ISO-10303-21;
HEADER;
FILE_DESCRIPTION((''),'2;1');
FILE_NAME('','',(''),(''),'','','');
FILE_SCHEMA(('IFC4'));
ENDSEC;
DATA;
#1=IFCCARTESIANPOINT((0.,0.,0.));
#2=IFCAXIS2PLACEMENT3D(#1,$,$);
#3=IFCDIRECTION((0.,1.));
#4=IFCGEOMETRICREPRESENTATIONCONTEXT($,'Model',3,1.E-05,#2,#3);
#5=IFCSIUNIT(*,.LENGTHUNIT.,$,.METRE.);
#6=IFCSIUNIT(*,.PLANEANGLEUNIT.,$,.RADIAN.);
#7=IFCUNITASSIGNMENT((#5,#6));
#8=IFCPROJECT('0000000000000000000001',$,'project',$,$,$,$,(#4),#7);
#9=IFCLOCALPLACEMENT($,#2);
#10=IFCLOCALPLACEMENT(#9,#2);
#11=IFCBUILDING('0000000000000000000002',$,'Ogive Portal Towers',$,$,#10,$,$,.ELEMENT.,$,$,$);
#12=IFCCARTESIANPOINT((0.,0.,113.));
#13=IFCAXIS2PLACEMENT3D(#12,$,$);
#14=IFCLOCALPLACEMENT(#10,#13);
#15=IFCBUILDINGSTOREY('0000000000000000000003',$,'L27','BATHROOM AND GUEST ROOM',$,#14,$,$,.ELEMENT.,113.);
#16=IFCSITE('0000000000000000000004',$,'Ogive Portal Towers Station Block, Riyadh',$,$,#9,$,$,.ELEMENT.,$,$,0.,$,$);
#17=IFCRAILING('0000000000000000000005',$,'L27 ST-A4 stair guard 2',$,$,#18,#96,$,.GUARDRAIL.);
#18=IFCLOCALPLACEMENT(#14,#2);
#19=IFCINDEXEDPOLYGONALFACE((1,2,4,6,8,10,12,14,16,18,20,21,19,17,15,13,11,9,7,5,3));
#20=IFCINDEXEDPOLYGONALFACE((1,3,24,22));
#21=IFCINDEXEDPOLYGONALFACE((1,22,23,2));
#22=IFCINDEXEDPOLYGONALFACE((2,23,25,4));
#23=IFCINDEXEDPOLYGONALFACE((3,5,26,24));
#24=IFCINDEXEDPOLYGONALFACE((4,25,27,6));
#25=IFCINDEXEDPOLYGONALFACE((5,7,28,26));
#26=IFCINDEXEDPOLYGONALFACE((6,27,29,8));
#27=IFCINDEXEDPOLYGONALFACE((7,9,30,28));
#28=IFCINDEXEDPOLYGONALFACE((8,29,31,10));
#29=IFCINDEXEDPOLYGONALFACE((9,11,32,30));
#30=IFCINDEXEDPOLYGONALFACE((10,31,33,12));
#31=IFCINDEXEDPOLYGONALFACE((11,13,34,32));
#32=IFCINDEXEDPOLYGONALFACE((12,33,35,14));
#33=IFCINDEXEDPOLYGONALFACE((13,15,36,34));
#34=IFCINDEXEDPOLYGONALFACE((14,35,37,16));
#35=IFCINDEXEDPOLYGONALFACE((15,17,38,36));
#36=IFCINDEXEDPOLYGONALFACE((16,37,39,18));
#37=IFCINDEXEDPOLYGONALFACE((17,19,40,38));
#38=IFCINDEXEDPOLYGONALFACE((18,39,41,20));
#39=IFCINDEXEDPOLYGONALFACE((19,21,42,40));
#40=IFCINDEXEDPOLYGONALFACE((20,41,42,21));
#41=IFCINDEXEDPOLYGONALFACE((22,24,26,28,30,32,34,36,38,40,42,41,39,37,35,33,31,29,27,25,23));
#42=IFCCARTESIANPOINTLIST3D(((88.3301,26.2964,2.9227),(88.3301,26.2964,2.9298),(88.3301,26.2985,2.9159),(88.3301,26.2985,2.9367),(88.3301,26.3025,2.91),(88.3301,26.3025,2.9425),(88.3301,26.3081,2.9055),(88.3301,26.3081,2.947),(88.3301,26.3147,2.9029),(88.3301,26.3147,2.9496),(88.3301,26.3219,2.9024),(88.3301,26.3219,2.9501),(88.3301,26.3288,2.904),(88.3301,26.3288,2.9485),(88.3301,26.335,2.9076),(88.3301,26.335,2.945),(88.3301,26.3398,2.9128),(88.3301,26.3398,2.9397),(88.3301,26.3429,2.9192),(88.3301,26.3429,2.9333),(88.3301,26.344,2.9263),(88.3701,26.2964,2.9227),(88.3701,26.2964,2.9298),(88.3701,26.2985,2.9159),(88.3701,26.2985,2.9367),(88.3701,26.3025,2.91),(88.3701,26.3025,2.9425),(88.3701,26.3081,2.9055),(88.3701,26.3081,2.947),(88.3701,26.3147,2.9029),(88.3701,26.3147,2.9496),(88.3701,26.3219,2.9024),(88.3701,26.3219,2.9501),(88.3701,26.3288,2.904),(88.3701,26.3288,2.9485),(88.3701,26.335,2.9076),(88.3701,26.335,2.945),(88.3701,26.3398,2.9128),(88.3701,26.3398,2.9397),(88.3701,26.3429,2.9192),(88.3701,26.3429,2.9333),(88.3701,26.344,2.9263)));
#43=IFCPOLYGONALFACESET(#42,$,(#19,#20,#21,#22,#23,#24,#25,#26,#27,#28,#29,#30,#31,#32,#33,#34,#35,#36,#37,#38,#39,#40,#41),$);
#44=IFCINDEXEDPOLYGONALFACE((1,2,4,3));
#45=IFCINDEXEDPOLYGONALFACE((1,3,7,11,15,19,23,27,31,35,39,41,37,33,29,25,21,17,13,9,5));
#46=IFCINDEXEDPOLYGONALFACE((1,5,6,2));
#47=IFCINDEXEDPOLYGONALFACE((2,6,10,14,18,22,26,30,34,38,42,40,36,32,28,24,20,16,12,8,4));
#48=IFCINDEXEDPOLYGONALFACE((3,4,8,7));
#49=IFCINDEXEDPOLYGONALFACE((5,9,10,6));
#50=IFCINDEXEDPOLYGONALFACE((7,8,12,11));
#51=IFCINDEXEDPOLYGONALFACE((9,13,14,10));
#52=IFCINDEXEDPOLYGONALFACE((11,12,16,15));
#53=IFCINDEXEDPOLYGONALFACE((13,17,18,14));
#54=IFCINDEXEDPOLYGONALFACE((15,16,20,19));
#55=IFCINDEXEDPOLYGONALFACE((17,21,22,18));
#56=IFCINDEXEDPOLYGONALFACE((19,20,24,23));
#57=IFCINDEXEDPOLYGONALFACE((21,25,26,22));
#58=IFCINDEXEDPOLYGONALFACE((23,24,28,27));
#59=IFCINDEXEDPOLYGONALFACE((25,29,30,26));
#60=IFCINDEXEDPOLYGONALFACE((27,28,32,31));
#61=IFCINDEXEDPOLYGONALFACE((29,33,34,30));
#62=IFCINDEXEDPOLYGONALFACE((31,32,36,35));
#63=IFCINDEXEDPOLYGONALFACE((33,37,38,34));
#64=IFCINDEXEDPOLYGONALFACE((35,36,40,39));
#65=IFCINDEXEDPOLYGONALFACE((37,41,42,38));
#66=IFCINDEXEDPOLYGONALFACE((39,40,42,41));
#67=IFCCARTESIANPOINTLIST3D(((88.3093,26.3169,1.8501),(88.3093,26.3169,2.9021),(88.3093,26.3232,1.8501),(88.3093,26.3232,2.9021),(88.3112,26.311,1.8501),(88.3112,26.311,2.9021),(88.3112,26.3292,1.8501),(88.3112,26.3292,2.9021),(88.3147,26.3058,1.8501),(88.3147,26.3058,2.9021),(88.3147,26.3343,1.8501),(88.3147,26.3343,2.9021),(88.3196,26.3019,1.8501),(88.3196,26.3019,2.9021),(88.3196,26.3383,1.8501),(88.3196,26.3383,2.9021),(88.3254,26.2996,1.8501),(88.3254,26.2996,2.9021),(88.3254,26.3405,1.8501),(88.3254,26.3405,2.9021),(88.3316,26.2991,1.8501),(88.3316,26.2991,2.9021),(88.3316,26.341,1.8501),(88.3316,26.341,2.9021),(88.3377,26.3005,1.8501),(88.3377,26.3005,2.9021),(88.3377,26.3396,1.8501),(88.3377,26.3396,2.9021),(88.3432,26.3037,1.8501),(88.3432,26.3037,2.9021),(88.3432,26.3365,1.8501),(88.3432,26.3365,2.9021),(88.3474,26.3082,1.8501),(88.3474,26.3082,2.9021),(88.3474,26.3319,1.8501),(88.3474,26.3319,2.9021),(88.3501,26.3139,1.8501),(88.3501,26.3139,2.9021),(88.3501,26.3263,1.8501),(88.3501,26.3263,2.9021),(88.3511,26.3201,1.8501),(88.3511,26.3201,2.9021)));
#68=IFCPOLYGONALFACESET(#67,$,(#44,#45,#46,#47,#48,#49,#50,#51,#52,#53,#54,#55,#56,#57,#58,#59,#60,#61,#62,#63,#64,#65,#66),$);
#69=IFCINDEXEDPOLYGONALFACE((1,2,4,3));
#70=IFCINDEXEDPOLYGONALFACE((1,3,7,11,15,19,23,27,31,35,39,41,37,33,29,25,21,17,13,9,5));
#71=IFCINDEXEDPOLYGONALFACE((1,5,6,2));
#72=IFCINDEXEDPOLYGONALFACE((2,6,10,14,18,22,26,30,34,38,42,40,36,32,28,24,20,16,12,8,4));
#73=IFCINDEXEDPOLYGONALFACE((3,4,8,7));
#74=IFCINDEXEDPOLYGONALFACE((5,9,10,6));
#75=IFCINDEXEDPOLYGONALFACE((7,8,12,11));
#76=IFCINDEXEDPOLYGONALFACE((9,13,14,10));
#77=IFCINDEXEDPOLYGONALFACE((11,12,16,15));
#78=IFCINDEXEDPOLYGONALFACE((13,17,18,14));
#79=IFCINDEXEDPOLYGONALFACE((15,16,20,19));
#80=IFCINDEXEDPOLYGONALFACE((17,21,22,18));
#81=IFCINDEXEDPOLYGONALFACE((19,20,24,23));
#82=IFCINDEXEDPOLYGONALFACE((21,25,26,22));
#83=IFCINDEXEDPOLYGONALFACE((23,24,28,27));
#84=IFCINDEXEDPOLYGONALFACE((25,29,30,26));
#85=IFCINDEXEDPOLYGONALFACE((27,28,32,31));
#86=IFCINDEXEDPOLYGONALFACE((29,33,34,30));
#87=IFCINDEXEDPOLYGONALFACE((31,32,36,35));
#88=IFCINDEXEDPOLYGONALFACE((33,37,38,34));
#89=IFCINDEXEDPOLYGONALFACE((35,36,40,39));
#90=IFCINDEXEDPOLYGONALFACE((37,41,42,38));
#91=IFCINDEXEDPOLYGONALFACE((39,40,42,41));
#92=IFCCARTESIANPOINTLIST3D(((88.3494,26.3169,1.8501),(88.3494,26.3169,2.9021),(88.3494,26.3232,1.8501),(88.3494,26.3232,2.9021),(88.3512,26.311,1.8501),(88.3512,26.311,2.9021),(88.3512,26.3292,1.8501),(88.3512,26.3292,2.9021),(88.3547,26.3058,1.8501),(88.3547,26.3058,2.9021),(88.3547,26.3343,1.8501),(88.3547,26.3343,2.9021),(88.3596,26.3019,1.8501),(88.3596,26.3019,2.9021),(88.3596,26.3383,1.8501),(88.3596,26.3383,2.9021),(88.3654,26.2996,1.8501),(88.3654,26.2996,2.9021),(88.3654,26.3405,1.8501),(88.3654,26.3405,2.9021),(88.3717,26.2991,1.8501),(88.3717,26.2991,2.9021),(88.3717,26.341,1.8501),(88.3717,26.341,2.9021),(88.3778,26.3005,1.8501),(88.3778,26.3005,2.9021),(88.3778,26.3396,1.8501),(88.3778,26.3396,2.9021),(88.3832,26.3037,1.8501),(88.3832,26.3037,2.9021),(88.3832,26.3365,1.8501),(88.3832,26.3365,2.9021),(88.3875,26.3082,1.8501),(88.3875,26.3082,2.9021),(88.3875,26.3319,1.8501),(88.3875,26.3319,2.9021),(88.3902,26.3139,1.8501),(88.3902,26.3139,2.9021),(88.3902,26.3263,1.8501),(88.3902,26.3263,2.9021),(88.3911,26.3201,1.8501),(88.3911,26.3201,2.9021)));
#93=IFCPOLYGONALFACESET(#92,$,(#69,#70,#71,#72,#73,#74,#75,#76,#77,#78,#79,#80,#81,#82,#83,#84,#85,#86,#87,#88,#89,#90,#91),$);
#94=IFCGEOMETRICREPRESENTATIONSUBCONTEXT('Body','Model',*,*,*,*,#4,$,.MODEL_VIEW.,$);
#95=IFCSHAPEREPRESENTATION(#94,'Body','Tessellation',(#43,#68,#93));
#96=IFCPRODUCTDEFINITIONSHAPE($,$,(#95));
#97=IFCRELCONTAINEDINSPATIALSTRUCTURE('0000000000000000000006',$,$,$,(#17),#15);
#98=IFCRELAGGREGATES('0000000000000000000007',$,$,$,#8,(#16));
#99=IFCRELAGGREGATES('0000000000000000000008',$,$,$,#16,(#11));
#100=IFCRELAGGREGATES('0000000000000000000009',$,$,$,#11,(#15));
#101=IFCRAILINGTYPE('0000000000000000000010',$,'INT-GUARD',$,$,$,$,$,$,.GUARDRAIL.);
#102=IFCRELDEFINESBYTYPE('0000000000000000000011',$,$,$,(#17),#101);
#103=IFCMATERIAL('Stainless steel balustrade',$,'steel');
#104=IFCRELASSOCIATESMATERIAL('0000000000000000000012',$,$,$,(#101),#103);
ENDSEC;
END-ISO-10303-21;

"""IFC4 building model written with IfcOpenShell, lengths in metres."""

from ifc_helpers import new_model, si_unit, direction, frame, origin, origin_2d, place, context, subcontext, project, spatial, circle, extrude, material, type_object, element, save


model = new_model("IFC4")

# Units and contexts
model_context = context("Model", 3, precision=1e-05, world=origin(), true_north=direction((0.0, 1.0)))
body_context = subcontext(model_context, "Body", "Model", "MODEL_VIEW")
ifc_project = project(units=[si_unit("LENGTHUNIT", "METRE"), si_unit("PLANEANGLEUNIT", "RADIAN")], contexts=[model_context])

# Site, building, storey
site_placement = place(None, origin())
site = spatial("IfcSite", under=ifc_project, at=site_placement, Name="Ogive Portal Towers Station Block, Riyadh", CompositionType="ELEMENT", RefElevation=0.0)
building_placement = place(site_placement, origin())
building = spatial("IfcBuilding", under=site, at=building_placement, Name="Ogive Portal Towers", CompositionType="ELEMENT")
storey_placement = place(building_placement, frame((0.0, 0.0, 113.0)))
storey = spatial("IfcBuildingStorey", under=building, at=storey_placement, Name="L27", Description="BATHROOM AND GUEST ROOM", CompositionType="ELEMENT", Elevation=113.0)

# Railing
ifc_material_1 = material(Name="Stainless steel balustrade", Category="steel")
railing_type_1 = type_object("IfcRailingType", Name="INT-GUARD", PredefinedType="GUARDRAIL", material=ifc_material_1)
railing_1_placement = place(storey_placement, frame((88.3301, 26.3201, 1.8501)))
element("IfcRailing", 1, at=railing_1_placement, inside=storey, type_object=railing_type_1, Name="L27 ST-A4 stair guard 2", PredefinedType="GUARDRAIL", context=body_context, shape_type="SweptSolid", body=[
    extrude(circle(Radius=0.0239, at=origin_2d()), frame((0.0, 0.0, 1.0762), z_axis=(1.0, 0.0, 0.0), x_axis=(0.0, 1.0, 0.0)), (0.0, 0.0, 1.0), 0.04),
    extrude(circle(Radius=0.021, at=origin_2d()), origin(), (0.0, 0.0, 1.0), 1.052),
    extrude(circle(Radius=0.021, at=origin_2d()), frame((0.04, 0.0, 0.0)), (0.0, 0.0, 1.0), 1.052),
])

save(model, "model.ifc")
